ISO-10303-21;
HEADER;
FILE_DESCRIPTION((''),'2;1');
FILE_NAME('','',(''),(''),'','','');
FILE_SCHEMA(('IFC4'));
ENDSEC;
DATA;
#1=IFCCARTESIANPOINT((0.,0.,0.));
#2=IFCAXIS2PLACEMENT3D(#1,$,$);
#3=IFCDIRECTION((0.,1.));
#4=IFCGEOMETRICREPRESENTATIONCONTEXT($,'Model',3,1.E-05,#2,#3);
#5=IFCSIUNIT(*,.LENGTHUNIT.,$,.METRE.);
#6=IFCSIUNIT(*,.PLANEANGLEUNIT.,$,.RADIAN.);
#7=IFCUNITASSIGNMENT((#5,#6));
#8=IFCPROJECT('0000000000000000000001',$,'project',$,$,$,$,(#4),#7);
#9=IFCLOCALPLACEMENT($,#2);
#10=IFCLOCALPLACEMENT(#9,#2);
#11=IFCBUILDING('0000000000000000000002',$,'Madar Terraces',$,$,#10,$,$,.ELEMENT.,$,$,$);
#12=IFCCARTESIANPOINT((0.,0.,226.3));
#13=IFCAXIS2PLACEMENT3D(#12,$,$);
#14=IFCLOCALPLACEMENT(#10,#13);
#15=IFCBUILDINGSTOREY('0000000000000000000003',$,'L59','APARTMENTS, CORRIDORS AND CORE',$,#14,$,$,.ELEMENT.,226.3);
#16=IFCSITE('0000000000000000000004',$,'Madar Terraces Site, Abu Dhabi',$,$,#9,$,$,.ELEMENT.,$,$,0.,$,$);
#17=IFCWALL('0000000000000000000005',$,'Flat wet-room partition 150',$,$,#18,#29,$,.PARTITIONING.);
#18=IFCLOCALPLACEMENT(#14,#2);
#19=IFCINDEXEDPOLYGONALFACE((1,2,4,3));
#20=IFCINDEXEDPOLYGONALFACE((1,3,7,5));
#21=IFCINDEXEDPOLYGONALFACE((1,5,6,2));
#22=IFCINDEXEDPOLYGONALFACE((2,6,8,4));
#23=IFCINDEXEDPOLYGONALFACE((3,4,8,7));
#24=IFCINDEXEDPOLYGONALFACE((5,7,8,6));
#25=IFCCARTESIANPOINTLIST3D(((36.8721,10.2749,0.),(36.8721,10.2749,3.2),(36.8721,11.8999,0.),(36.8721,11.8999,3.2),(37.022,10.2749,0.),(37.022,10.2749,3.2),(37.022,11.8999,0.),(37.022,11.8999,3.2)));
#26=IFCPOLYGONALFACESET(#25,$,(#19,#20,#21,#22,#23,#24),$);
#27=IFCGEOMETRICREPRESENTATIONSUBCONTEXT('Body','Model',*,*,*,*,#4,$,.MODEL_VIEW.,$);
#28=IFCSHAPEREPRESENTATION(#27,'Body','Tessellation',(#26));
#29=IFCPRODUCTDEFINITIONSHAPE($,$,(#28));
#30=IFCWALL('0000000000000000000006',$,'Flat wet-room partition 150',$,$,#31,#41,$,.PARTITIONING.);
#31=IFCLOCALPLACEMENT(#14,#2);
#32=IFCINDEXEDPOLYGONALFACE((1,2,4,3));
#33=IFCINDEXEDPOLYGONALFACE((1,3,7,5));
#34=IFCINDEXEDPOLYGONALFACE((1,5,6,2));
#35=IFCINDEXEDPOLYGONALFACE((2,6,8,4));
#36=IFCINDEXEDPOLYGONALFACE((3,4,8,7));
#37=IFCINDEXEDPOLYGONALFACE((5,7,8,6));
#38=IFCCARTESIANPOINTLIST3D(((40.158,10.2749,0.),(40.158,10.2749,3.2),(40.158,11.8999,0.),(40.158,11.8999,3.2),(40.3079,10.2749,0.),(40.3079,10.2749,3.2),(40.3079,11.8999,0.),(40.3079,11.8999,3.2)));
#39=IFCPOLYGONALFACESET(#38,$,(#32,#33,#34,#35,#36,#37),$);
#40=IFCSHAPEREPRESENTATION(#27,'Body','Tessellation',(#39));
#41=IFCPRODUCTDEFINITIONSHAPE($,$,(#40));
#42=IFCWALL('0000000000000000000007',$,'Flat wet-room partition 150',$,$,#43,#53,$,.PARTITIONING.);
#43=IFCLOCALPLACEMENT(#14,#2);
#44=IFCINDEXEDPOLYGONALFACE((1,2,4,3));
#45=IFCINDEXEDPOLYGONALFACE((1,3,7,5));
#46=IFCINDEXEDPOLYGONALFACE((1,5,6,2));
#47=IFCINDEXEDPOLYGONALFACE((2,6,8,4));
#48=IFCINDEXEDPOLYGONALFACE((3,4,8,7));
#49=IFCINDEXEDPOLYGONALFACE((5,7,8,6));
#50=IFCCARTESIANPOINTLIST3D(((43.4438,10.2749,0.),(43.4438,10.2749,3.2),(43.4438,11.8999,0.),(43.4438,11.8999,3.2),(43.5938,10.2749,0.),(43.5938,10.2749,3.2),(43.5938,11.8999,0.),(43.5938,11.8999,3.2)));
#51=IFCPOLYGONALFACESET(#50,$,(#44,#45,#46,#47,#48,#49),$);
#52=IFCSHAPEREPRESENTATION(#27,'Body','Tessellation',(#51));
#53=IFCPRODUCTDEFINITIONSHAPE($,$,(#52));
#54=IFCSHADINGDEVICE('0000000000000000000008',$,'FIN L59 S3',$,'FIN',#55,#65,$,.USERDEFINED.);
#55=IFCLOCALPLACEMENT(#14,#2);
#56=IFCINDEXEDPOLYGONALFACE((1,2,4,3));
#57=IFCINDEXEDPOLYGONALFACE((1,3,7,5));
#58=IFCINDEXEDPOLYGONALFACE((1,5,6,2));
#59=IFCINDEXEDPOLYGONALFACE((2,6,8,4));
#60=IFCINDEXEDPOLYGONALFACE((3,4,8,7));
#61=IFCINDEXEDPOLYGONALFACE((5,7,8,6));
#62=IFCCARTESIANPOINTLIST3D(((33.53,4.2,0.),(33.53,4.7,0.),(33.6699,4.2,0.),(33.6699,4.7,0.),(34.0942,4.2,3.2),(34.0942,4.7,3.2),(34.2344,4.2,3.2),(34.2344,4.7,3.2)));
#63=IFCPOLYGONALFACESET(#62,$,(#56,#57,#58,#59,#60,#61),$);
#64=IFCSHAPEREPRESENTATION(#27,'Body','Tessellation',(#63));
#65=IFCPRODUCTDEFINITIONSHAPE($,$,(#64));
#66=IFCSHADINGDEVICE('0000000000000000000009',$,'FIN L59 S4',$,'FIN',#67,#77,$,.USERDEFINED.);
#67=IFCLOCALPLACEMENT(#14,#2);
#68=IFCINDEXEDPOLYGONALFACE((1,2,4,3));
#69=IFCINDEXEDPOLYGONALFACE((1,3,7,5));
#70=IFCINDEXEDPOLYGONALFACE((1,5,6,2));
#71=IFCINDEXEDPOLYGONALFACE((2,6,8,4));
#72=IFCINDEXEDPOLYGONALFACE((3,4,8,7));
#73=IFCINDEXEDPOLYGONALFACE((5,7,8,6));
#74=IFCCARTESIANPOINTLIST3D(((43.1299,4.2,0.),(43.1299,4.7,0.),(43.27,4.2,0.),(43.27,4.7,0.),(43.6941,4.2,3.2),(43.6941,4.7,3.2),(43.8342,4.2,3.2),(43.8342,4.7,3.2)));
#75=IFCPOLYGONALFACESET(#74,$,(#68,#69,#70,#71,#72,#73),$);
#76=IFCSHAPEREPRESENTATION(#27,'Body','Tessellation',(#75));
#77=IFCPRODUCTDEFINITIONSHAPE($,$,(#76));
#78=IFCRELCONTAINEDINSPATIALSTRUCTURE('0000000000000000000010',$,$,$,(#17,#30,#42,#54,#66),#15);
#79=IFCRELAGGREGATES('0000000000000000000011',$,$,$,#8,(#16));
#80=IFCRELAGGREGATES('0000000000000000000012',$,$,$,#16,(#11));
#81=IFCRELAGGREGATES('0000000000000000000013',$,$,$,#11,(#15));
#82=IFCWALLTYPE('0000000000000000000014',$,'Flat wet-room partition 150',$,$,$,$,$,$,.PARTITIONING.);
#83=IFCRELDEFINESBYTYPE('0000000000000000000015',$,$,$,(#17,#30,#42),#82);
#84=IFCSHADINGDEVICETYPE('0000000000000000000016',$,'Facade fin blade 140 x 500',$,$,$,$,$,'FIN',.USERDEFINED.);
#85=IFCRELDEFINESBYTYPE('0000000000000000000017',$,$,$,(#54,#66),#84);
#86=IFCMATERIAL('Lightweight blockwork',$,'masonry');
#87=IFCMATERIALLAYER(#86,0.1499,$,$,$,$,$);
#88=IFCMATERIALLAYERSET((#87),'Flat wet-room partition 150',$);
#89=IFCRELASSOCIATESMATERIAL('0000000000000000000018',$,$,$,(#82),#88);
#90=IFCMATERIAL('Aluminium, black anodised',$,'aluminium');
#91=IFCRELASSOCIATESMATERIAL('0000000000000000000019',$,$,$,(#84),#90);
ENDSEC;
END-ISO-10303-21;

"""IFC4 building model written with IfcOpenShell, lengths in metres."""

from ifc_helpers import new_model, si_unit, direction, frame, frame_2d, origin, place, context, subcontext, project, spatial, polyline, rectangle, outline, extrude, material, layer, layer_set, type_object, element, save


model = new_model("IFC4")

# Units and contexts
model_context = context("Model", 3, precision=1e-05, world=origin(), true_north=direction((0.0, 1.0)))
body_context = subcontext(model_context, "Body", "Model", "MODEL_VIEW")
ifc_project = project(units=[si_unit("LENGTHUNIT", "METRE"), si_unit("PLANEANGLEUNIT", "RADIAN")], contexts=[model_context])

# Site, building, storey
site_placement = place(None, origin())
site = spatial("IfcSite", under=ifc_project, at=site_placement, Name="Madar Terraces Site, Abu Dhabi", CompositionType="ELEMENT", RefElevation=0.0)
building_placement = place(site_placement, origin())
building = spatial("IfcBuilding", under=site, at=building_placement, Name="Madar Terraces", CompositionType="ELEMENT")
storey_placement = place(building_placement, frame((0.0, 0.0, 226.3)))
storey = spatial("IfcBuildingStorey", under=building, at=storey_placement, Name="L59", Description="APARTMENTS, CORRIDORS AND CORE", CompositionType="ELEMENT", Elevation=226.3)

# Walls
ifc_material_1 = material(Name="Lightweight blockwork", Category="masonry")
ifc_layer_1 = layer(ifc_material_1, 0.1499)
ifc_layer_set_1 = layer_set([ifc_layer_1], Name="Flat wet-room partition 150")
wall_type_1 = type_object("IfcWallType", Name="Flat wet-room partition 150", PredefinedType="PARTITIONING", material=ifc_layer_set_1)
for number, where, z_axis, x_axis, name in (
    (1, (36.947, 11.8999, 0.0), (0.0, 0.0, 1.0), (0.0, -1.0, 0.0), "Flat wet-room partition 150"),
    (2, (40.2329, 11.8999, 0.0), (0.0, 0.0, 1.0), (0.0, -1.0, 0.0), "Flat wet-room partition 150"),
    (3, (43.5188, 11.8999, 0.0), (0.0, 0.0, 1.0), (0.0, -1.0, 0.0), "Flat wet-room partition 150"),
):
    element("IfcWall", number, at=place(storey_placement, frame(where, z_axis=z_axis, x_axis=x_axis)), inside=storey, type_object=wall_type_1, Name=name, PredefinedType="PARTITIONING", context=body_context, shape_type="SweptSolid", body=[
        extrude(rectangle(XDim=1.625, YDim=0.1499, at=frame_2d((0.8125, 0.0))), origin(), (0.0, 0.0, 1.0), 3.2),
    ])

# Shading devices
ifc_material_2 = material(Name="Aluminium, black anodised", Category="aluminium")
shading_device_type = type_object("IfcShadingDeviceType", Name="Facade fin blade 140 x 500", ElementType="FIN", PredefinedType="USERDEFINED", material=ifc_material_2)
shading_device_1_placement = place(storey_placement, frame((33.53, 4.45, 0.0), z_axis=(0.0, 0.0, 1.0), x_axis=(1.0, 0.0, 0.0)))
element("IfcShadingDevice", 4, at=shading_device_1_placement, inside=storey, type_object=shading_device_type, Name="FIN L59 S3", ObjectType="FIN", PredefinedType="USERDEFINED", context=body_context, shape_type="SweptSolid", body=[
    extrude(outline(polyline([(0.0, 0.0), (0.1399, 0.0), (0.7043, 3.2), (0.5642, 3.2), (0.0, 0.0)])), frame((0.0, 0.25, 0.0), z_axis=(0.0, -1.0, 0.0), x_axis=(1.0, 0.0, 0.0)), (0.0, 0.0, 1.0), 0.5),
])
shading_device_2_placement = place(storey_placement, frame((43.1299, 4.45, 0.0), z_axis=(0.0, 0.0, 1.0), x_axis=(1.0, 0.0, 0.0)))
element("IfcShadingDevice", 5, at=shading_device_2_placement, inside=storey, type_object=shading_device_type, Name="FIN L59 S4", ObjectType="FIN", PredefinedType="USERDEFINED", context=body_context, shape_type="SweptSolid", body=[
    extrude(outline(polyline([(0.0, 0.0), (0.1401, 0.0), (0.7043, 3.2), (0.5642, 3.2), (0.0, 0.0)])), frame((0.0, 0.25, 0.0), z_axis=(0.0, -1.0, 0.0), x_axis=(1.0, 0.0, 0.0)), (0.0, 0.0, 1.0), 0.5),
])

save(model, "model.ifc")
